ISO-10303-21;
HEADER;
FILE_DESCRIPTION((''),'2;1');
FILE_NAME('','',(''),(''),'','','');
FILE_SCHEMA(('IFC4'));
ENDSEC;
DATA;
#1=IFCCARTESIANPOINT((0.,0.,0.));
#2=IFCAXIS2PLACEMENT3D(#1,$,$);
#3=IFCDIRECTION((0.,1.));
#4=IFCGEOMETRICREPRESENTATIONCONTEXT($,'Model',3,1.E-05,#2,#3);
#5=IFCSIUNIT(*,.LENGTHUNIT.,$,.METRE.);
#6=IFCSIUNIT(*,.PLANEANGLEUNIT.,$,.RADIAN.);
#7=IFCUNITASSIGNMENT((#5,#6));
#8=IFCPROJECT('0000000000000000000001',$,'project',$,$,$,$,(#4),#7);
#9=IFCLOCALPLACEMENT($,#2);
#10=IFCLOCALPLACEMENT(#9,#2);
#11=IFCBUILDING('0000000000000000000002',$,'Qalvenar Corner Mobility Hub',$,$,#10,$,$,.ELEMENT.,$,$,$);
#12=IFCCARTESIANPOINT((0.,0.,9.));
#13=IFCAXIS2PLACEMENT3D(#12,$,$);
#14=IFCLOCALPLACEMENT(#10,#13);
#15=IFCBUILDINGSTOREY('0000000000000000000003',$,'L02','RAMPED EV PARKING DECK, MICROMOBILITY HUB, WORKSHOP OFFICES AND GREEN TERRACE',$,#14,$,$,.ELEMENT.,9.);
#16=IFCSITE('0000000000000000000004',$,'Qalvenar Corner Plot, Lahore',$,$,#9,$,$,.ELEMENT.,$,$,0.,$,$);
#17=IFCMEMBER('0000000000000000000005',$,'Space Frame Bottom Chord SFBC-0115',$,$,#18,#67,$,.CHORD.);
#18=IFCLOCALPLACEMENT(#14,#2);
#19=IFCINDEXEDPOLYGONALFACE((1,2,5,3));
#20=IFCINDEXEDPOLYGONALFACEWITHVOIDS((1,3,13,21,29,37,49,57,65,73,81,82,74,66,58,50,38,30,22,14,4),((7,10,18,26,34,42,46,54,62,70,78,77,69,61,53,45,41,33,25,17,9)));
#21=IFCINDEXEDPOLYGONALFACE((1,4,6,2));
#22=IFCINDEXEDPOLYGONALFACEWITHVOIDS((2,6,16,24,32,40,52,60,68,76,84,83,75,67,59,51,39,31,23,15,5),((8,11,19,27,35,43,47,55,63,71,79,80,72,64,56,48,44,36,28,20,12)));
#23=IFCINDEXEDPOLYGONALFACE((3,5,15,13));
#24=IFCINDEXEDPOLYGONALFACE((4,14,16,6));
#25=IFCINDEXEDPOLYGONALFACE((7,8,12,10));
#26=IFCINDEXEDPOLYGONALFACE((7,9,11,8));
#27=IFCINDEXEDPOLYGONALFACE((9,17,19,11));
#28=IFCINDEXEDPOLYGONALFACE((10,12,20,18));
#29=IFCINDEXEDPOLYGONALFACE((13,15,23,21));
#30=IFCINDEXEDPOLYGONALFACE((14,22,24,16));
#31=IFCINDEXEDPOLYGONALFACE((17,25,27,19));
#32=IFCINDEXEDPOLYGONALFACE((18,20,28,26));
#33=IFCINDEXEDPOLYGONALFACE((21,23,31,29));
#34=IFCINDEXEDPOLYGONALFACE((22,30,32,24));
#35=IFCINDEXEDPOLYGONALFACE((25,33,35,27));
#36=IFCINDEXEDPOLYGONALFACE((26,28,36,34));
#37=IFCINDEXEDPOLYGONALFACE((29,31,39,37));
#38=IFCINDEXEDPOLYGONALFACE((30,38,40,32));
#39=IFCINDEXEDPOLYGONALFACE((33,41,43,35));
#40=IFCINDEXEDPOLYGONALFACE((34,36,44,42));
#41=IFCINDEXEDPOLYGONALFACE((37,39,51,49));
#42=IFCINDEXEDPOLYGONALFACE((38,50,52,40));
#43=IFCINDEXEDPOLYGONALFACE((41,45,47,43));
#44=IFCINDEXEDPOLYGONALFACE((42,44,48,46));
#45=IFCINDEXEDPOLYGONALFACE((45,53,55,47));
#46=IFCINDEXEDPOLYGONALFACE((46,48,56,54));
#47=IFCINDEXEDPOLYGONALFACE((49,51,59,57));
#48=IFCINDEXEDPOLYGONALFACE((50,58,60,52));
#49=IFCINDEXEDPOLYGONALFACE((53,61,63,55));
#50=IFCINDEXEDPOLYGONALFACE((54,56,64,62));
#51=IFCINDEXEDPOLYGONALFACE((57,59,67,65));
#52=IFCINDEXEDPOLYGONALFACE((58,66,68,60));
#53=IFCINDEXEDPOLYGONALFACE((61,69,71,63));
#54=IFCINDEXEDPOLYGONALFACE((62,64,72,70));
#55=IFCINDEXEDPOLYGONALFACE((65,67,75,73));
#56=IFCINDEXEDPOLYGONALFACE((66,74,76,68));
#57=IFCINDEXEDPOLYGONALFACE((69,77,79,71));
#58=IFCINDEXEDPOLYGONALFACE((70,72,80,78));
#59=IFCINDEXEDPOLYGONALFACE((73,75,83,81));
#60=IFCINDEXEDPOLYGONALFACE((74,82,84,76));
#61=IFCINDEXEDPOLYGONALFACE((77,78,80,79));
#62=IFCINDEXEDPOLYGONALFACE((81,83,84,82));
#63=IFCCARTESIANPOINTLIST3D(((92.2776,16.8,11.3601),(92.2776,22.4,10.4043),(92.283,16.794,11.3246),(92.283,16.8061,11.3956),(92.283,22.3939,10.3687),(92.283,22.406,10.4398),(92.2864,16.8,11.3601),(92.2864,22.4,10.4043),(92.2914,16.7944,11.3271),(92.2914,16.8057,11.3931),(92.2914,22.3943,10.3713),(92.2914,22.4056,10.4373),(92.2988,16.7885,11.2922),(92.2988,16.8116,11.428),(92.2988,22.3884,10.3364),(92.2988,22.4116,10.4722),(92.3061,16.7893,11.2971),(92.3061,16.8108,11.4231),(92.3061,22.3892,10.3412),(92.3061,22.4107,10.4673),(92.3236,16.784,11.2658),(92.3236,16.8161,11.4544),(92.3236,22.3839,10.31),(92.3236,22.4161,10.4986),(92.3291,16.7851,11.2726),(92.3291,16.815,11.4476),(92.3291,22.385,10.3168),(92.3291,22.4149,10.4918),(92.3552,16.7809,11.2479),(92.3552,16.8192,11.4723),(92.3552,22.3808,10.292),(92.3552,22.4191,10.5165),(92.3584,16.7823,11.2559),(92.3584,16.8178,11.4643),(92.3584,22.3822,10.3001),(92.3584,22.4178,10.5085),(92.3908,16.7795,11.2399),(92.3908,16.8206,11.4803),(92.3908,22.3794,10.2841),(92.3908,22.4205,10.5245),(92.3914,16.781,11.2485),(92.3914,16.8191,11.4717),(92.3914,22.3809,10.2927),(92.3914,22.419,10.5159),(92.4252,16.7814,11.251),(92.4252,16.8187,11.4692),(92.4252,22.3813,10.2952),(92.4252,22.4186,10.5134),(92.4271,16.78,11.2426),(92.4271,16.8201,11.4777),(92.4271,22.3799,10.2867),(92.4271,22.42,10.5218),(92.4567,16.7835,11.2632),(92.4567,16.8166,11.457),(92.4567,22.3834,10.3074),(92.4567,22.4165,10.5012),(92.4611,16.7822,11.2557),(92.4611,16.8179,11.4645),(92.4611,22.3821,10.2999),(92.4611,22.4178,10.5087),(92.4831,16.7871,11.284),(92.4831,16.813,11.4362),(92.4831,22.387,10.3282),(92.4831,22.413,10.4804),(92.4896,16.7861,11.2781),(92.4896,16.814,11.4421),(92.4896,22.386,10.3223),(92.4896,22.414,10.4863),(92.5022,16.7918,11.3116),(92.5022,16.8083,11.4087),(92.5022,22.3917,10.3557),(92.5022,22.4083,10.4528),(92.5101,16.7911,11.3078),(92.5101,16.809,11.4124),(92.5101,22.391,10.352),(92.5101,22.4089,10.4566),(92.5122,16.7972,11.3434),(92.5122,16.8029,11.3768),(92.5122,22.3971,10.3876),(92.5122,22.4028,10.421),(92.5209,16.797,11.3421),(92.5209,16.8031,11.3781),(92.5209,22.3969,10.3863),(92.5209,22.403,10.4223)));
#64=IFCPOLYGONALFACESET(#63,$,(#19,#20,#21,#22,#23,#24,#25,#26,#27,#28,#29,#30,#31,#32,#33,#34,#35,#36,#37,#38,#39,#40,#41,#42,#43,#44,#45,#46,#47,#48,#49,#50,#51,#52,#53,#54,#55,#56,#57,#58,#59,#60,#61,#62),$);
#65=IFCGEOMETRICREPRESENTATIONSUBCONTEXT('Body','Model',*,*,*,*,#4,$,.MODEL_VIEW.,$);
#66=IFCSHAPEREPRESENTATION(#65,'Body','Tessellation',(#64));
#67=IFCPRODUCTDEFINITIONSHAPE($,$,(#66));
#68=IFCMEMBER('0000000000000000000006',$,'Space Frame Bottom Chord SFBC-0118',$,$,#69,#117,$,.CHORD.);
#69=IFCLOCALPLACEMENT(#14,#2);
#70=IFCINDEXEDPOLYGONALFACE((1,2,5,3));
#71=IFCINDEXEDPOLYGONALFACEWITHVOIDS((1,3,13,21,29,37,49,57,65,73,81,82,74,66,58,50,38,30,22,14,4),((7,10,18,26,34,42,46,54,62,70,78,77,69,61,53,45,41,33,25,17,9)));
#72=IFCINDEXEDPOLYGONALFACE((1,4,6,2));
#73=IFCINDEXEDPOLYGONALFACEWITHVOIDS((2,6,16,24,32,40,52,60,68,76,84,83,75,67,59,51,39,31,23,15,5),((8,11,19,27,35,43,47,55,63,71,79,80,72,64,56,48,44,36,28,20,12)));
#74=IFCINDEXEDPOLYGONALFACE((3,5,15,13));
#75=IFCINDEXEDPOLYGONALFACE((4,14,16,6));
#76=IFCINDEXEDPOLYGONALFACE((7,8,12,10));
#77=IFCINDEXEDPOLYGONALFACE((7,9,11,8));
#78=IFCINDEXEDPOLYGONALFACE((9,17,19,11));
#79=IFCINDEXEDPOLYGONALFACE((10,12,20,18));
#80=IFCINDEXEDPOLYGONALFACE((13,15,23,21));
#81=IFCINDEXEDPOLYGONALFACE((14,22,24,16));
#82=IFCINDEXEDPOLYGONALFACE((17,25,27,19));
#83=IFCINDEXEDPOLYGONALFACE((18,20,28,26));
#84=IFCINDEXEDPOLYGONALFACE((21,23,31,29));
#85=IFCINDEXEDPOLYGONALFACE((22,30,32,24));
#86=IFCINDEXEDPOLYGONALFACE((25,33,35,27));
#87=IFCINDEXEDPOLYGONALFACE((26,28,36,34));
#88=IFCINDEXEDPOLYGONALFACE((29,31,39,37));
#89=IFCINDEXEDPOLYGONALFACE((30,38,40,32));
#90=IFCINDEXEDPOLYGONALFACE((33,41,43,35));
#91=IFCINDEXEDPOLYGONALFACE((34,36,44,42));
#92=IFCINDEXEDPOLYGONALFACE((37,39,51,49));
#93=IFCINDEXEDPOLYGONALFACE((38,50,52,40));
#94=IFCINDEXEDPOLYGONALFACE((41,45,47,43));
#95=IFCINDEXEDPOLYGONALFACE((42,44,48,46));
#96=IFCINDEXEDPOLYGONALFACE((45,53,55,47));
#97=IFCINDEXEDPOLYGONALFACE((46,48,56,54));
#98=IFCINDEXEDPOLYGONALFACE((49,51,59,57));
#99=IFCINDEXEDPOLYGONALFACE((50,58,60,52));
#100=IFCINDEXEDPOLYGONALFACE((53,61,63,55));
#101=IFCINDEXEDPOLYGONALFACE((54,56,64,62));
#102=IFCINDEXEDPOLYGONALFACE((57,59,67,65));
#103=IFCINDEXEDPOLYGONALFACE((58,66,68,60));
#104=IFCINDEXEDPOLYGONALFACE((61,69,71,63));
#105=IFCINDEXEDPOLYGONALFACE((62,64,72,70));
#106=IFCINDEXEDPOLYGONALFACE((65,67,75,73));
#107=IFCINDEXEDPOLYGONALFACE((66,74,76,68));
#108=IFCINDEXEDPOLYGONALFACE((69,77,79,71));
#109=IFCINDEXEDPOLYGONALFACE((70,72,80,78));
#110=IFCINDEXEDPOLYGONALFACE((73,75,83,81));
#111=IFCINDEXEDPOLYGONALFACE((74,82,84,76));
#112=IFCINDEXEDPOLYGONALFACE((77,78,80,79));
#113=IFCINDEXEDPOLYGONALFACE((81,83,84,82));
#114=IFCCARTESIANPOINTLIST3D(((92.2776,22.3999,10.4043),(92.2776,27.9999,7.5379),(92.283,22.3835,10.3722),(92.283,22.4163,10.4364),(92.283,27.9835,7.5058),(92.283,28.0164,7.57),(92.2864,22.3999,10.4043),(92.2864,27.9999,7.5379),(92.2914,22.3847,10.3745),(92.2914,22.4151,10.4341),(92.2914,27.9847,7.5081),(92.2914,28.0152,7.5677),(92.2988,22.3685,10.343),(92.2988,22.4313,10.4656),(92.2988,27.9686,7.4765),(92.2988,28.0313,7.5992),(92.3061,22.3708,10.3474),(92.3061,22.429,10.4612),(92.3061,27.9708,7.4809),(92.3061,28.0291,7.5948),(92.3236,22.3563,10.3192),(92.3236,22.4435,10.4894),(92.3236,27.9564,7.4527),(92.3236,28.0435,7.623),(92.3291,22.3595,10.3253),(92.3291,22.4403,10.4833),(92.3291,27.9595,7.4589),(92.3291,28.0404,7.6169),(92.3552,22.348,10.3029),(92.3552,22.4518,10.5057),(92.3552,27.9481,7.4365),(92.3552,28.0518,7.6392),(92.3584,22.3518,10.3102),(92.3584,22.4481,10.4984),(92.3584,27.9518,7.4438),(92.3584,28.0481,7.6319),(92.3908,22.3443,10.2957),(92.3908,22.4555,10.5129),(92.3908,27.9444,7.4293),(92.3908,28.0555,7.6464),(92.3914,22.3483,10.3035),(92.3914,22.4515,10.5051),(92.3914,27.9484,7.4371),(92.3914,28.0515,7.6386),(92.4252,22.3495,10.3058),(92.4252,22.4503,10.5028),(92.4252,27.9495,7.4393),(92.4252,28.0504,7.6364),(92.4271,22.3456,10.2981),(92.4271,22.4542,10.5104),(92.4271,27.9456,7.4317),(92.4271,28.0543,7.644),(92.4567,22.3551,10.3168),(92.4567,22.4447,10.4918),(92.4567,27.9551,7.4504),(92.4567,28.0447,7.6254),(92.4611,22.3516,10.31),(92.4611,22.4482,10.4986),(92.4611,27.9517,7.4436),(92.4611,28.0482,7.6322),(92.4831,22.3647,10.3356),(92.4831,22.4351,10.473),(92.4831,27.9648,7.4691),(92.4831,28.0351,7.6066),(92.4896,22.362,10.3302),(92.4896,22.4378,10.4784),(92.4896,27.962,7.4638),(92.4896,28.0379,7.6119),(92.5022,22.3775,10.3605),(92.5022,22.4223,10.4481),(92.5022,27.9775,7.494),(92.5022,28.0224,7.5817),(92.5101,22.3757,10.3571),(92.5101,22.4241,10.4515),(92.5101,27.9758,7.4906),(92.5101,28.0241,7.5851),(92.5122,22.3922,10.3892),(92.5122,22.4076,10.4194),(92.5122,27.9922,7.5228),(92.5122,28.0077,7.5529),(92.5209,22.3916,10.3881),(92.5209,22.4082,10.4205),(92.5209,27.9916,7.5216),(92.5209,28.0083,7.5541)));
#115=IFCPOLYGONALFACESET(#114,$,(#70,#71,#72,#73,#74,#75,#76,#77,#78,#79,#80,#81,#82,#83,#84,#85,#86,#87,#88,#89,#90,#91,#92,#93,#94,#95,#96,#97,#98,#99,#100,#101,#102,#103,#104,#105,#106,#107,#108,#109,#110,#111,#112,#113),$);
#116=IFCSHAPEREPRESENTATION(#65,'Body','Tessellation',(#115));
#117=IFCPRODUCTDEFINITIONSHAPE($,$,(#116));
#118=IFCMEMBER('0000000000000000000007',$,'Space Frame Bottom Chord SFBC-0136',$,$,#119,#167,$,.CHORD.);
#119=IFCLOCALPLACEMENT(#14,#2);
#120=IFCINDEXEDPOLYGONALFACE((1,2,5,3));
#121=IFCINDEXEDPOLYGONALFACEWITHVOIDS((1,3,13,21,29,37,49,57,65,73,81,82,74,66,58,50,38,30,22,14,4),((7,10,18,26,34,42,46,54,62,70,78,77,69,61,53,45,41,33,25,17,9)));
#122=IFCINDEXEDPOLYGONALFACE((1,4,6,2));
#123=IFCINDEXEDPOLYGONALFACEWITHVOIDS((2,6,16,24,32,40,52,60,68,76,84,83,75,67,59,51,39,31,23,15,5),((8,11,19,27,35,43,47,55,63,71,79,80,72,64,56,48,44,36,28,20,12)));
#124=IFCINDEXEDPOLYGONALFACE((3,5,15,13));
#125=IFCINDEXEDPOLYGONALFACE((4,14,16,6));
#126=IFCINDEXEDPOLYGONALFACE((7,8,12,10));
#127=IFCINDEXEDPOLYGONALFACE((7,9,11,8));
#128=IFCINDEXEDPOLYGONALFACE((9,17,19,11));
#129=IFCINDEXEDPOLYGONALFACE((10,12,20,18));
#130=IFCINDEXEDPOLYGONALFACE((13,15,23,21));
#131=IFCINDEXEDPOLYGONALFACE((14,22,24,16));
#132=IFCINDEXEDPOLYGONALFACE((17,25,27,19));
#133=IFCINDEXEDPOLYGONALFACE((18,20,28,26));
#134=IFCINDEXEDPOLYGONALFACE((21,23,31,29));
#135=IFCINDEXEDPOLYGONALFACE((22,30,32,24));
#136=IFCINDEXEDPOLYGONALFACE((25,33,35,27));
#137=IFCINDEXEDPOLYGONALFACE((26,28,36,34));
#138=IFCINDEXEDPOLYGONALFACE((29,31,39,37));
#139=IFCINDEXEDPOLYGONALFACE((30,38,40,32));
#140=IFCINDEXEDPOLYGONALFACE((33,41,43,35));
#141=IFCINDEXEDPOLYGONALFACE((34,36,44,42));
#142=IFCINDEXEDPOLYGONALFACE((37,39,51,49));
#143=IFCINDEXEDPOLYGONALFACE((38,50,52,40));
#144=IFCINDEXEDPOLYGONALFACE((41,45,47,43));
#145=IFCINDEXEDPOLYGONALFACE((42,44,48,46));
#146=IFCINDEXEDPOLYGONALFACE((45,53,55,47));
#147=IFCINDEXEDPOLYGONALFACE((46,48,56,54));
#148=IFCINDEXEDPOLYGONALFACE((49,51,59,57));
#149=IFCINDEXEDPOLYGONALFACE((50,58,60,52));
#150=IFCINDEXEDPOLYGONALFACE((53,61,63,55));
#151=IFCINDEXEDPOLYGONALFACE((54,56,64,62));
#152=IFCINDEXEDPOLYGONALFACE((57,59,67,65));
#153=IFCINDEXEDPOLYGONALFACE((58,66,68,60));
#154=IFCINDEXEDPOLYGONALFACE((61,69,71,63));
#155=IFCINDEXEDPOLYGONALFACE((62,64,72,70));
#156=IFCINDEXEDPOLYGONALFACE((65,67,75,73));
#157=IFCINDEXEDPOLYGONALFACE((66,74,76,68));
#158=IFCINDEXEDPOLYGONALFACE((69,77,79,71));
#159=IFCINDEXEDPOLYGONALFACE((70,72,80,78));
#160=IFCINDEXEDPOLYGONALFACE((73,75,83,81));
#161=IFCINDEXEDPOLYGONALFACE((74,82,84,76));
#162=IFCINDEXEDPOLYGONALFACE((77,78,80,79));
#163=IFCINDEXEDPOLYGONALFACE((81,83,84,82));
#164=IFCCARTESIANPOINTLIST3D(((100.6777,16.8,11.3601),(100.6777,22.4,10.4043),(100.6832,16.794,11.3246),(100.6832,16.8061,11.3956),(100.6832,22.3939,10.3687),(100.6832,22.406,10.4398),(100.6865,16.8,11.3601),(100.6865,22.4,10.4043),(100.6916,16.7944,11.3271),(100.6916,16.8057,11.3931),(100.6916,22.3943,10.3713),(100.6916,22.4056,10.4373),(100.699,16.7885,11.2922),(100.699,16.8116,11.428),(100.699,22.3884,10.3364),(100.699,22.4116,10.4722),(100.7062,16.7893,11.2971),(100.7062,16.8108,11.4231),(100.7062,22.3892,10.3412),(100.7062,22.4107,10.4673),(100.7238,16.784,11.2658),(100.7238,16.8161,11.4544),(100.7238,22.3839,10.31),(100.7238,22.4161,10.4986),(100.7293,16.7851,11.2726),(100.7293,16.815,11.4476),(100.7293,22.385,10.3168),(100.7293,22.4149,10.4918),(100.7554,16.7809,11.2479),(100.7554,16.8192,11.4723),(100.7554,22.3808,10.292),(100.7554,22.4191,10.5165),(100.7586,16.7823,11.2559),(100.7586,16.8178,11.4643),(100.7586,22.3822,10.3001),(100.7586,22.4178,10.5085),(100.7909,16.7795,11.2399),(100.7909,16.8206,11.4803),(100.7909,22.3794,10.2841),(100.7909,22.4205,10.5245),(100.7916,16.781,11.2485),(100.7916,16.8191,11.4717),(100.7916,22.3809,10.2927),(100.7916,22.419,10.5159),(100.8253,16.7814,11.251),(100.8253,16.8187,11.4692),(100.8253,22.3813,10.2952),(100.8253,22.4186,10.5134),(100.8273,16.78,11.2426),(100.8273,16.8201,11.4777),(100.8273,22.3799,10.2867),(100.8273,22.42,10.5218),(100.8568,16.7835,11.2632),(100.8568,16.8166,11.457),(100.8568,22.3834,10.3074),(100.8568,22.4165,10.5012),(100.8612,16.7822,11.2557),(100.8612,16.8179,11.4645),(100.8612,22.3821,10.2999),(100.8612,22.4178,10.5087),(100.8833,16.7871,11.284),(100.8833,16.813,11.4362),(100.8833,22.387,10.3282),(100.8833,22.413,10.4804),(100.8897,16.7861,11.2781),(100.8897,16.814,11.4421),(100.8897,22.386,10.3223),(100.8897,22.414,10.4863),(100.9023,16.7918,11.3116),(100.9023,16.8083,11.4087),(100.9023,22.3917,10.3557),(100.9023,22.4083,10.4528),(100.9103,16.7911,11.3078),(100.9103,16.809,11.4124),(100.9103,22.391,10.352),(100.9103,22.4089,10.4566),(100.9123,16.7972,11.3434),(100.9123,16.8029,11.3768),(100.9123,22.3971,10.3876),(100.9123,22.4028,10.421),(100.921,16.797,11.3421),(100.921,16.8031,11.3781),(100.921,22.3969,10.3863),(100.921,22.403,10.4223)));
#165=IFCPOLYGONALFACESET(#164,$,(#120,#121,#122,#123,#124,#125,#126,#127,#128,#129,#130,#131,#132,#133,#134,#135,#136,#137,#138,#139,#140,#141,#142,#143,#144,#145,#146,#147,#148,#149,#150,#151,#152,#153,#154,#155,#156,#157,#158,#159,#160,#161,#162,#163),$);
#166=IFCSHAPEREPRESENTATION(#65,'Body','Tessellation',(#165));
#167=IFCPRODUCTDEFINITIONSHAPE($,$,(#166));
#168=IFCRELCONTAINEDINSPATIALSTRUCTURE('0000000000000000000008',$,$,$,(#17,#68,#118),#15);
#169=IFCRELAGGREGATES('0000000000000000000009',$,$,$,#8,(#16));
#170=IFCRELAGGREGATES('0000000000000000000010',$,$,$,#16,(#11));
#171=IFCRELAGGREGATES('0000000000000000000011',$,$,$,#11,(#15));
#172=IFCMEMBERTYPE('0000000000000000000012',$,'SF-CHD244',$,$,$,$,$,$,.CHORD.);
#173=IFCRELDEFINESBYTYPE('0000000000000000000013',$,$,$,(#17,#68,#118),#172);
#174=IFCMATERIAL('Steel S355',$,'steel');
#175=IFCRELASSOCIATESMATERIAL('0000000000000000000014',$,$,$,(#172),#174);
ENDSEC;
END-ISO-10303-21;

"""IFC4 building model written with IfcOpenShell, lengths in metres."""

from ifc_helpers import new_model, si_unit, direction, frame, origin, origin_2d, place, context, subcontext, project, spatial, hollow_circle, extrude, material, material_profile, profile_set, type_object, element, save


model = new_model("IFC4")

# Units and contexts
model_context = context("Model", 3, precision=1e-05, world=origin(), true_north=direction((0.0, 1.0)))
body_context = subcontext(model_context, "Body", "Model", "MODEL_VIEW")
ifc_project = project(units=[si_unit("LENGTHUNIT", "METRE"), si_unit("PLANEANGLEUNIT", "RADIAN")], contexts=[model_context])

# Site, building, storey
site_placement = place(None, origin())
site = spatial("IfcSite", under=ifc_project, at=site_placement, Name="Qalvenar Corner Plot, Lahore", CompositionType="ELEMENT", RefElevation=0.0)
building_placement = place(site_placement, origin())
building = spatial("IfcBuilding", under=site, at=building_placement, Name="Qalvenar Corner Mobility Hub", CompositionType="ELEMENT")
storey_placement = place(building_placement, frame((0.0, 0.0, 9.0)))
storey = spatial("IfcBuildingStorey", under=building, at=storey_placement, Name="L02", Description="RAMPED EV PARKING DECK, MICROMOBILITY HUB, WORKSHOP OFFICES AND GREEN TERRACE", CompositionType="ELEMENT", Elevation=9.0)

# Members
ifc_material_1 = material(Name="Steel S355", Category="steel")
ifc_material_profile_1 = material_profile(ifc_material_1, hollow_circle(Radius=0.1223, WallThickness=0.0088, at=origin_2d()), Name="CHS244.5x8.8")
ifc_profile_set_1 = profile_set([ifc_material_profile_1], Name="Steel S355")
member_type_1 = type_object("IfcMemberType", Name="SF-CHD244", PredefinedType="CHORD", material=ifc_profile_set_1)
member_1_placement = place(storey_placement, frame((92.3999, 16.8, 11.3601), z_axis=(0.0, 0.985744, -0.168252), x_axis=(-1.0, 0.0, 0.0)))
element("IfcMember", 1, at=member_1_placement, inside=storey, type_object=member_type_1, Name="Space Frame Bottom Chord SFBC-0115", PredefinedType="CHORD", context=body_context, shape_type="SweptSolid", body=[
    extrude(hollow_circle(Radius=0.1223, WallThickness=0.0088, at=origin_2d()), origin(), (0.0, 0.0, 1.0), 5.6809),
])
member_2_placement = place(storey_placement, frame((92.3999, 22.3999, 10.4043), z_axis=(0.0, 0.890165, -0.455638), x_axis=(-1.0, 0.0, 0.0)))
element("IfcMember", 2, at=member_2_placement, inside=storey, type_object=member_type_1, Name="Space Frame Bottom Chord SFBC-0118", PredefinedType="CHORD", context=body_context, shape_type="SweptSolid", body=[
    extrude(hollow_circle(Radius=0.1223, WallThickness=0.0088, at=origin_2d()), origin(), (0.0, 0.0, 1.0), 6.291),
])
member_3_placement = place(storey_placement, frame((100.8, 16.8, 11.3601), z_axis=(0.0, 0.985744, -0.168252), x_axis=(-1.0, 0.0, 0.0)))
element("IfcMember", 3, at=member_3_placement, inside=storey, type_object=member_type_1, Name="Space Frame Bottom Chord SFBC-0136", PredefinedType="CHORD", context=body_context, shape_type="SweptSolid", body=[
    extrude(hollow_circle(Radius=0.1223, WallThickness=0.0088, at=origin_2d()), origin(), (0.0, 0.0, 1.0), 5.6809),
])

save(model, "model.ifc")
